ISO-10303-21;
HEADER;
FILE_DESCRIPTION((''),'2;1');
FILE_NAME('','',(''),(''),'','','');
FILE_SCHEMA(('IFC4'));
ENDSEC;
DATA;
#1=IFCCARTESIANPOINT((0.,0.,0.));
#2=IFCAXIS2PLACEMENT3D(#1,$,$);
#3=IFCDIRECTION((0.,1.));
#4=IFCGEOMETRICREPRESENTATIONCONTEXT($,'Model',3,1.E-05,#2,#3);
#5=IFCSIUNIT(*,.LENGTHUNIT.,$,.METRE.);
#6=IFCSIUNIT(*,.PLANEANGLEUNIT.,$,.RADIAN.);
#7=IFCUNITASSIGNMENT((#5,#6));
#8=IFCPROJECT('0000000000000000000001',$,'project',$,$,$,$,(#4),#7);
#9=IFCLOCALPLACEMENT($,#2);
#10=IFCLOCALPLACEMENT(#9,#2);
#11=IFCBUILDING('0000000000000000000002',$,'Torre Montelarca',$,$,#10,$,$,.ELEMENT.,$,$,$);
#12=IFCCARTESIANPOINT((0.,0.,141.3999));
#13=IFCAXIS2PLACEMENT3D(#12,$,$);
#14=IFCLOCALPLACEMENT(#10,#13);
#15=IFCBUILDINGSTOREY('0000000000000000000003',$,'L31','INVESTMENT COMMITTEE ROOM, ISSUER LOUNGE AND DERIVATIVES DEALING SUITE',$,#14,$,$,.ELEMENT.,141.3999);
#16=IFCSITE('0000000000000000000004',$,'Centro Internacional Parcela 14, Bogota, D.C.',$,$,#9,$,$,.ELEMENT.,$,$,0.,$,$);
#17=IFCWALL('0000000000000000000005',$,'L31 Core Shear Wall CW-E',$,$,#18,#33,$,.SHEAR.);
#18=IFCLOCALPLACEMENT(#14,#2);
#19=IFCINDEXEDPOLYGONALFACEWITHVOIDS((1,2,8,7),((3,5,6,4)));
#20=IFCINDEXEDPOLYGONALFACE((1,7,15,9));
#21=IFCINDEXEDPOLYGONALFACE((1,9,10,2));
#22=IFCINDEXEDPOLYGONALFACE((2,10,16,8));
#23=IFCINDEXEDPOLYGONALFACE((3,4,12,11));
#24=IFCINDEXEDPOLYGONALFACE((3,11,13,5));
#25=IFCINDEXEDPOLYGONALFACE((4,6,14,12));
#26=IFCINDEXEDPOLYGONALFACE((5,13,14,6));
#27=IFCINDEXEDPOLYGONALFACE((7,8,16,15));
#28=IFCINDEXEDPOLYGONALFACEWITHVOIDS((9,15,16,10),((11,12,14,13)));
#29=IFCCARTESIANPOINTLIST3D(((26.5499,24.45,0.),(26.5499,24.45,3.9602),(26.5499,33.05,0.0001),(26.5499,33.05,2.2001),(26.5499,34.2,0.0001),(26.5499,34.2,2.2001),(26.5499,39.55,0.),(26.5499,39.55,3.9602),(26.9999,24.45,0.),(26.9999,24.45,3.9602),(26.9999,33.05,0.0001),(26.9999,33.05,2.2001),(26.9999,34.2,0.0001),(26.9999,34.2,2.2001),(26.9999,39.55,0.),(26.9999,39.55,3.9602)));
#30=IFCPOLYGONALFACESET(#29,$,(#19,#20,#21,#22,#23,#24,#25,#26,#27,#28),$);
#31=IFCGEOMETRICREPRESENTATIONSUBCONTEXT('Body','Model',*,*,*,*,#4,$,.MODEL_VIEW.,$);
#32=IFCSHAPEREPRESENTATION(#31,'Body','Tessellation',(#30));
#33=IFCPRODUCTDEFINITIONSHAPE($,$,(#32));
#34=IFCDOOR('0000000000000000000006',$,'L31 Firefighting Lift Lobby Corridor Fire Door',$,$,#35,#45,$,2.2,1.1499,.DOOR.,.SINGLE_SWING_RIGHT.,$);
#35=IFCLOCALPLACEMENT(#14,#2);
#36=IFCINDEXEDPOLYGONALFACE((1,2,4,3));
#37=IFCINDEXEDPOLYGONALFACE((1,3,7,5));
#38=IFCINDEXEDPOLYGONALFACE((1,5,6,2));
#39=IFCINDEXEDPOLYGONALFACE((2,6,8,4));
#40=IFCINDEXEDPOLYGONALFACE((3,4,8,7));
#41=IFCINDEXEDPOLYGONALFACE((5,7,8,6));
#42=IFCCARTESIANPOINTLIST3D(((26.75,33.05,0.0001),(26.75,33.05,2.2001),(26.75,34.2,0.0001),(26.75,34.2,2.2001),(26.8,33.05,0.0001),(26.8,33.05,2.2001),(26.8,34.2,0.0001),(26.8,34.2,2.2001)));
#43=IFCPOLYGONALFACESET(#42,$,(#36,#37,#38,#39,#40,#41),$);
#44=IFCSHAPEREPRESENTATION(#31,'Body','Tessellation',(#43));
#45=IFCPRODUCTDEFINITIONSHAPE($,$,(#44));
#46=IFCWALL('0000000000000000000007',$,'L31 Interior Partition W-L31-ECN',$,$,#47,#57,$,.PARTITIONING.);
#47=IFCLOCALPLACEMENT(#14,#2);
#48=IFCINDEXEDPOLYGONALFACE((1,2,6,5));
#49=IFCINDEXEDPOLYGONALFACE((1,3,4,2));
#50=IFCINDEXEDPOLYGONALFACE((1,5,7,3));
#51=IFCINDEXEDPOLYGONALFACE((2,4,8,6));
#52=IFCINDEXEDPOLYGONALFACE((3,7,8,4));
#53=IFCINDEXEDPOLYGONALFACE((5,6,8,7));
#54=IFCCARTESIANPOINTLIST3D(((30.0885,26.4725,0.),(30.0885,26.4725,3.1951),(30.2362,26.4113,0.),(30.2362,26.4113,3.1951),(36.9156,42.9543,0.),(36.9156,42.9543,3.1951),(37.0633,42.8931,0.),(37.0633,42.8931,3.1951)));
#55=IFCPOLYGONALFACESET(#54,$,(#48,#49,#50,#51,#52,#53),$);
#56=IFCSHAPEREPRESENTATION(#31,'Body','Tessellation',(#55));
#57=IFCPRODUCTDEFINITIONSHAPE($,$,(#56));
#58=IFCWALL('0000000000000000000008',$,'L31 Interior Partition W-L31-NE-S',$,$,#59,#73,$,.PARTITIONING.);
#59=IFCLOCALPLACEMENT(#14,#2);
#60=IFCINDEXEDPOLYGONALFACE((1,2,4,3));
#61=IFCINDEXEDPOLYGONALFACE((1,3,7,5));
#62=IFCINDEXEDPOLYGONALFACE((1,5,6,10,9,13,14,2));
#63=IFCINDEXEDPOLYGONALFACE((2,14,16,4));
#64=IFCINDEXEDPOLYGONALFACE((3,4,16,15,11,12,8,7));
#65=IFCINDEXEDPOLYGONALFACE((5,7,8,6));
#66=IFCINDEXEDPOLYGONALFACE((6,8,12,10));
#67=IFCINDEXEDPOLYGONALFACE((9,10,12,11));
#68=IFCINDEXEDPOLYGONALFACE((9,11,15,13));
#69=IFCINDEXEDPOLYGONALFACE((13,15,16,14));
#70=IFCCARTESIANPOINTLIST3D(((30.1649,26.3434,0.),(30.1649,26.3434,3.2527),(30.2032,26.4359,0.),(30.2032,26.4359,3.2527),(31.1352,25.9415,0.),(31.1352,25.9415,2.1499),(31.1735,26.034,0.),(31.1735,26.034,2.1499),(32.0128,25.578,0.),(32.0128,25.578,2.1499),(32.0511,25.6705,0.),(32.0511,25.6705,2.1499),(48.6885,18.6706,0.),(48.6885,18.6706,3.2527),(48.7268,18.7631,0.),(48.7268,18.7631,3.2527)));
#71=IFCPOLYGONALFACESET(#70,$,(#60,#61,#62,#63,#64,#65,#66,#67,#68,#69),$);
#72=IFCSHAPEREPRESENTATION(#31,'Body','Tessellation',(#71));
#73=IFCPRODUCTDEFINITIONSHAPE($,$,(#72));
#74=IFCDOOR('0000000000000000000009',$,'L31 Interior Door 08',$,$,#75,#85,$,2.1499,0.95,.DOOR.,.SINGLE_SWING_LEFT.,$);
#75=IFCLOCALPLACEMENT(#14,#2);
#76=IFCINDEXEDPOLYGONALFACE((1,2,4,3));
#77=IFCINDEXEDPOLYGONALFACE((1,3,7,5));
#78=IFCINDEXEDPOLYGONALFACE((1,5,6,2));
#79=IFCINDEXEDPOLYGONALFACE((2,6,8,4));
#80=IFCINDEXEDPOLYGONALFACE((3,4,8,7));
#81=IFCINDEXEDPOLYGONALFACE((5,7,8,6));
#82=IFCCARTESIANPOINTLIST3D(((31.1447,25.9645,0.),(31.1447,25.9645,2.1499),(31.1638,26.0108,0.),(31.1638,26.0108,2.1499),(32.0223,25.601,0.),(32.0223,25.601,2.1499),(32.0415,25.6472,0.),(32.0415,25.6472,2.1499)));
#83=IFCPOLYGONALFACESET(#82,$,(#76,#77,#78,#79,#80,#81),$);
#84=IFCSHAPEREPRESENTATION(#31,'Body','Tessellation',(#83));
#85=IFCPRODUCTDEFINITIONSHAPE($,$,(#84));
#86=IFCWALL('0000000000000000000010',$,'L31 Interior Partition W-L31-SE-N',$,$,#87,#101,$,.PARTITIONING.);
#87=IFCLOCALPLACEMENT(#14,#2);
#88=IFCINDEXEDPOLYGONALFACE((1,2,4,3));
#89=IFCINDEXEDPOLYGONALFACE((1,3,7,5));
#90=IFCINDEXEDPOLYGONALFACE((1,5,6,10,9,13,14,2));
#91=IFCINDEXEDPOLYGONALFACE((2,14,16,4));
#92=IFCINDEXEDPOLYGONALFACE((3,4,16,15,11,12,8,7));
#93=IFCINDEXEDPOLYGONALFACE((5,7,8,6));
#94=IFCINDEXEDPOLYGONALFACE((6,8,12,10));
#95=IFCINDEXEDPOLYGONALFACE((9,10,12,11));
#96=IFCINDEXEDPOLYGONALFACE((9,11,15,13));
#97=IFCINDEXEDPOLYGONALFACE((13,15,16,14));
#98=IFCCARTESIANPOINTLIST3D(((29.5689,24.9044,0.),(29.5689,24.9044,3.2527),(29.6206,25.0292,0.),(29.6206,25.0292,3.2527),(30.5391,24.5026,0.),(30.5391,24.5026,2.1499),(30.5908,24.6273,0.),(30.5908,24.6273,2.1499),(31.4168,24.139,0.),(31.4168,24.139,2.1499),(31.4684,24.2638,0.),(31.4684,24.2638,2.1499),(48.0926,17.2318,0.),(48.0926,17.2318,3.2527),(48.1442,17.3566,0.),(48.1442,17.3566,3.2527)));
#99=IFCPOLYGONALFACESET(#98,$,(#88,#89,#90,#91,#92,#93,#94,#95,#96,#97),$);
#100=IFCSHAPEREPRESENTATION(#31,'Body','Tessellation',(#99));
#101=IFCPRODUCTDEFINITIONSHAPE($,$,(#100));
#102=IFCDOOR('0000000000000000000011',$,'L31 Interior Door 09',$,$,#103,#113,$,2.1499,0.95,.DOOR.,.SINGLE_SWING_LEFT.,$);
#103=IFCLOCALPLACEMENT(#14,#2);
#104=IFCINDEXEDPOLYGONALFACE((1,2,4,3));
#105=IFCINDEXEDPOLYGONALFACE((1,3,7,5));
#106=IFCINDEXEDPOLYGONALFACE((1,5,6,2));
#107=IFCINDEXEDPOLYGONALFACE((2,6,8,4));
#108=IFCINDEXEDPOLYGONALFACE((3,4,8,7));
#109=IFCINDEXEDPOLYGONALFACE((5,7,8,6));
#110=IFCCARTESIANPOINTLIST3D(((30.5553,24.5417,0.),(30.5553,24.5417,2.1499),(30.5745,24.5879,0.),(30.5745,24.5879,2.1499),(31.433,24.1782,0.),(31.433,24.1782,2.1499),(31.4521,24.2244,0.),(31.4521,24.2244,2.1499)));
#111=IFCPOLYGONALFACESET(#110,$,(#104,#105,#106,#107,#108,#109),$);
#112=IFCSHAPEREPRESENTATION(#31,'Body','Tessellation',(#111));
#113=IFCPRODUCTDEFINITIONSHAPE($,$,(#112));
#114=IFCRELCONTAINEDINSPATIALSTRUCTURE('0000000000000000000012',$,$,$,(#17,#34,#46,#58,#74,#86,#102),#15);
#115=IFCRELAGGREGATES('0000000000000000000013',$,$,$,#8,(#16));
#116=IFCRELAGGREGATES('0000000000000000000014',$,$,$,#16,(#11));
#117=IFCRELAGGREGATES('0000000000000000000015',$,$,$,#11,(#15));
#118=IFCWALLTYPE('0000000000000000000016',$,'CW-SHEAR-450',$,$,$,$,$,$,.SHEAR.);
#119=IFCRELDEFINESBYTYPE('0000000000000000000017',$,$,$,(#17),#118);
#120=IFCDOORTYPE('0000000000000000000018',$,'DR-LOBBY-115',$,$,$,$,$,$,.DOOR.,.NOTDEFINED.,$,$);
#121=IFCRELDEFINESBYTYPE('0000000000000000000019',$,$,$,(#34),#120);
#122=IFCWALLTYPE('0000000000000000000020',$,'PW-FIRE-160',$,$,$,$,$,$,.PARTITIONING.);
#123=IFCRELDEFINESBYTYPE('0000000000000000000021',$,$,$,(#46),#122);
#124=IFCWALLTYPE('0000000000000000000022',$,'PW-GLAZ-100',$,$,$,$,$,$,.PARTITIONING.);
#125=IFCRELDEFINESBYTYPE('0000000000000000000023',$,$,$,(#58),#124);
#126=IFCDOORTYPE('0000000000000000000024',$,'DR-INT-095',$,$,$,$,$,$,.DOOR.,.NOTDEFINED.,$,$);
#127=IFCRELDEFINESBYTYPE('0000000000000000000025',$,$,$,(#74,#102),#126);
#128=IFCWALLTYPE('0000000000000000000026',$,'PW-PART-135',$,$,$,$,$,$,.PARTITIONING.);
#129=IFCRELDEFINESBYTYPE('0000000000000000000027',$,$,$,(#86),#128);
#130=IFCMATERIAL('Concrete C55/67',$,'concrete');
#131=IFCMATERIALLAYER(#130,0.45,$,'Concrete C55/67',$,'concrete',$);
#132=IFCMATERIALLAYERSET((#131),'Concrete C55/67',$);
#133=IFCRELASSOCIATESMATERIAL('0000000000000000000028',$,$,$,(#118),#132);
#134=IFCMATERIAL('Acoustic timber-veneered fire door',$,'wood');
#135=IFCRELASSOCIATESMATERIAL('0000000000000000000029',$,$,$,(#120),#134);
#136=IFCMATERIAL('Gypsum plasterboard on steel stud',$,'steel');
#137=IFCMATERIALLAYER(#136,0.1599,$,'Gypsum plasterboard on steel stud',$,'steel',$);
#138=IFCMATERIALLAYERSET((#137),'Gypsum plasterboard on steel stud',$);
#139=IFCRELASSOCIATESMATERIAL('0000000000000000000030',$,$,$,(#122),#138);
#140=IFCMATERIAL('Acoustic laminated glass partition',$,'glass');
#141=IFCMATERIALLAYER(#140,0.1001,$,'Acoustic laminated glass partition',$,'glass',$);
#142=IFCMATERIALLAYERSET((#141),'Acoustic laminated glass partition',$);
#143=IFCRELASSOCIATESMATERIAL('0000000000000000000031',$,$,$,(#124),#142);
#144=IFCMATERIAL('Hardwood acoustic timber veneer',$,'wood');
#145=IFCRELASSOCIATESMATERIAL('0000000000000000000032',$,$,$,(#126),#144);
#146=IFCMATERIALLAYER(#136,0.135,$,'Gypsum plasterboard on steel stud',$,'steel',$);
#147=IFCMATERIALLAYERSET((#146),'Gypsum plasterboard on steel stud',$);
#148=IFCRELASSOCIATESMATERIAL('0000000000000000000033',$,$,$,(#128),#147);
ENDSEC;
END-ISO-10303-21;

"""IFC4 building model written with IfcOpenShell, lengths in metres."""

from ifc_helpers import new_model, si_unit, direction, frame, frame_2d, origin, place, context, subcontext, project, spatial, rectangle, extrude, source, transform, mapped, material, layer, layer_set, type_object, element, fill, save


model = new_model("IFC4")

# Units and contexts
model_context = context("Model", 3, precision=1e-05, world=origin(), true_north=direction((0.0, 1.0)))
body_context = subcontext(model_context, "Body", "Model", "MODEL_VIEW")
ifc_project = project(units=[si_unit("LENGTHUNIT", "METRE"), si_unit("PLANEANGLEUNIT", "RADIAN")], contexts=[model_context])

# Site, building, storey
site_placement = place(None, origin())
site = spatial("IfcSite", under=ifc_project, at=site_placement, Name="Centro Internacional Parcela 14, Bogota, D.C.", CompositionType="ELEMENT", RefElevation=0.0)
building_placement = place(site_placement, origin())
building = spatial("IfcBuilding", under=site, at=building_placement, Name="Torre Montelarca", CompositionType="ELEMENT")
storey_placement = place(building_placement, frame((0.0, 0.0, 141.3999)))
storey = spatial("IfcBuildingStorey", under=building, at=storey_placement, Name="L31", Description="INVESTMENT COMMITTEE ROOM, ISSUER LOUNGE AND DERIVATIVES DEALING SUITE", CompositionType="ELEMENT", Elevation=141.3999)

# Shared definitions
ifc_material_1 = material(Name="Concrete C55/67", Category="concrete")

# Wall, opening, door
ifc_layer_1 = layer(ifc_material_1, 0.45, Name="Concrete C55/67", Category="concrete")
ifc_layer_set_1 = layer_set([ifc_layer_1], Name="Concrete C55/67")
wall_type_1 = type_object("IfcWallType", Name="CW-SHEAR-450", PredefinedType="SHEAR", material=ifc_layer_set_1)
wall_1_placement = place(storey_placement, frame((26.7749, 24.45, 0.0), z_axis=(0.0, 0.0, 1.0), x_axis=(0.0, 1.0, 0.0)))
wall_1 = element("IfcWall", 1, at=wall_1_placement, inside=storey, type_object=wall_type_1, Name="L31 Core Shear Wall CW-E", PredefinedType="SHEAR", context=body_context, shape_type="SweptSolid", body=[
    extrude(rectangle(XDim=15.1001, YDim=0.45, at=frame_2d((7.55, 0.0))), origin(), (0.0, 0.0, 1.0), 3.9602),
])
opening_1_placement = place(wall_1_placement, frame((8.6001, 0.0, 0.0)))
opening_1 = element("IfcOpeningElement", 2, at=opening_1_placement, cuts=wall_1, PredefinedType="OPENING", context=body_context, shape_type="SweptSolid", body=[
    extrude(rectangle(XDim=1.1499, YDim=2.2, at=frame_2d((0.575, 1.1001))), frame((0.0, 0.2349, 0.0), z_axis=(0.0, -1.0, 0.0), x_axis=(1.0, 0.0, 0.0)), (0.0, 0.0, 1.0), 0.47),
])
ifc_material_2 = material(Name="Acoustic timber-veneered fire door", Category="wood")
door_type_1 = type_object("IfcDoorType", Name="DR-LOBBY-115", OperationType="NOTDEFINED", PredefinedType="DOOR", material=ifc_material_2)
shared_shape_1 = source(origin(), body_context, "Body", "SweptSolid", [
    extrude(rectangle(XDim=1.1499, YDim=2.2, at=frame_2d((0.575, 1.1001))), frame((0.0, 0.0249, 0.0), z_axis=(0.0, -1.0, 0.0), x_axis=(1.0, 0.0, 0.0)), (0.0, 0.0, 1.0), 0.05),
])
door_1_placement = place(opening_1_placement, origin())
door_1 = element("IfcDoor", 3, at=door_1_placement, inside=storey, type_object=door_type_1, Name="L31 Firefighting Lift Lobby Corridor Fire Door", OperationType="SINGLE_SWING_RIGHT", OverallHeight=2.2, OverallWidth=1.1499, PredefinedType="DOOR", context=body_context, shape_type="MappedRepresentation", body=[
    mapped(shared_shape_1, transform((0.0, 0.0, 0.0), scale=1.0)),
])
fill(opening_1, door_1)

# Wall
ifc_material_3 = material(Name="Gypsum plasterboard on steel stud", Category="steel")
ifc_layer_2 = layer(ifc_material_3, 0.1599, Name="Gypsum plasterboard on steel stud", Category="steel")
ifc_layer_set_2 = layer_set([ifc_layer_2], Name="Gypsum plasterboard on steel stud")
wall_type_2 = type_object("IfcWallType", Name="PW-FIRE-160", PredefinedType="PARTITIONING", material=ifc_layer_set_2)
wall_2_placement = place(storey_placement, frame((30.1624, 26.4419, 0.0), z_axis=(0.0, 0.0, 1.0), x_axis=(0.382689, 0.923877, 0.0)))
element("IfcWall", 4, at=wall_2_placement, inside=storey, type_object=wall_type_2, Name="L31 Interior Partition W-L31-ECN", PredefinedType="PARTITIONING", context=body_context, shape_type="SweptSolid", body=[
    extrude(rectangle(XDim=17.8398, YDim=0.1599, at=frame_2d((8.9199, 0.0))), origin(), (0.0, 0.0, 1.0), 3.1951),
])

# Walls, openings, doors
ifc_material_4 = material(Name="Acoustic laminated glass partition", Category="glass")
ifc_layer_3 = layer(ifc_material_4, 0.1001, Name="Acoustic laminated glass partition", Category="glass")
ifc_layer_set_3 = layer_set([ifc_layer_3], Name="Acoustic laminated glass partition")
wall_type_3 = type_object("IfcWallType", Name="PW-GLAZ-100", PredefinedType="PARTITIONING", material=ifc_layer_set_3)
wall_3_placement = place(storey_placement, frame((30.1841, 26.3896, 0.0), z_axis=(0.0, 0.0, 1.0), x_axis=(0.923878, -0.382687, 0.0)))
wall_3 = element("IfcWall", 5, at=wall_3_placement, inside=storey, type_object=wall_type_3, Name="L31 Interior Partition W-L31-NE-S", PredefinedType="PARTITIONING", context=body_context, shape_type="SweptSolid", body=[
    extrude(rectangle(XDim=20.0498, YDim=0.1001, at=frame_2d((10.0249, 0.0))), origin(), (0.0, 0.0, 1.0), 3.2527),
])
opening_2_placement = place(wall_3_placement, frame((1.05, 0.0, 0.0)))
opening_2 = element("IfcOpeningElement", 6, at=opening_2_placement, cuts=wall_3, PredefinedType="OPENING", context=body_context, shape_type="SweptSolid", body=[
    extrude(rectangle(XDim=0.95, YDim=2.1499, at=frame_2d((0.4751, 1.075))), frame((0.0, 0.0601, 0.0), z_axis=(0.0, -1.0, 0.0), x_axis=(1.0, 0.0, 0.0)), (0.0, 0.0, 1.0), 0.1201),
])
ifc_material_5 = material(Name="Hardwood acoustic timber veneer", Category="wood")
door_type_2 = type_object("IfcDoorType", Name="DR-INT-095", OperationType="NOTDEFINED", PredefinedType="DOOR", material=ifc_material_5)
shared_shape_2 = source(origin(), body_context, "Body", "SweptSolid", [
    extrude(rectangle(XDim=0.95, YDim=2.1499, at=frame_2d((0.4751, 1.075))), frame((0.0, 0.0249, 0.0), z_axis=(0.0, -1.0, 0.0), x_axis=(1.0, 0.0, 0.0)), (0.0, 0.0, 1.0), 0.05),
])
door_2_placement = place(opening_2_placement, origin())
door_2 = element("IfcDoor", 7, at=door_2_placement, inside=storey, type_object=door_type_2, Name="L31 Interior Door 08", OperationType="SINGLE_SWING_LEFT", OverallHeight=2.1499, OverallWidth=0.95, PredefinedType="DOOR", context=body_context, shape_type="MappedRepresentation", body=[
    mapped(shared_shape_2, transform((0.0, 0.0, 0.0), scale=1.0)),
])
fill(opening_2, door_2)
ifc_layer_4 = layer(ifc_material_3, 0.135, Name="Gypsum plasterboard on steel stud", Category="steel")
ifc_layer_set_4 = layer_set([ifc_layer_4], Name="Gypsum plasterboard on steel stud")
wall_type_4 = type_object("IfcWallType", Name="PW-PART-135", PredefinedType="PARTITIONING", material=ifc_layer_set_4)
wall_4_placement = place(storey_placement, frame((29.5947, 24.9668, 0.0), z_axis=(0.0, 0.0, 1.0), x_axis=(0.923882, -0.382677, 0.0)))
wall_4 = element("IfcWall", 8, at=wall_4_placement, inside=storey, type_object=wall_type_4, Name="L31 Interior Partition W-L31-SE-N", PredefinedType="PARTITIONING", context=body_context, shape_type="SweptSolid", body=[
    extrude(rectangle(XDim=20.0498, YDim=0.135, at=frame_2d((10.0249, 0.0))), origin(), (0.0, 0.0, 1.0), 3.2527),
])
opening_3_placement = place(wall_4_placement, frame((1.05, 0.0, 0.0)))
opening_3 = element("IfcOpeningElement", 9, at=opening_3_placement, cuts=wall_4, PredefinedType="OPENING", context=body_context, shape_type="SweptSolid", body=[
    extrude(rectangle(XDim=0.95, YDim=2.1499, at=frame_2d((0.4751, 1.075))), frame((0.0, 0.0776, 0.0), z_axis=(0.0, -1.0, 0.0), x_axis=(1.0, 0.0, 0.0)), (0.0, 0.0, 1.0), 0.155),
])
door_3_placement = place(opening_3_placement, origin())
door_3 = element("IfcDoor", 10, at=door_3_placement, inside=storey, type_object=door_type_2, Name="L31 Interior Door 09", OperationType="SINGLE_SWING_LEFT", OverallHeight=2.1499, OverallWidth=0.95, PredefinedType="DOOR", context=body_context, shape_type="MappedRepresentation", body=[
    mapped(shared_shape_2, transform((0.0, 0.0, 0.0), scale=1.0)),
])
fill(opening_3, door_3)

save(model, "model.ifc")
